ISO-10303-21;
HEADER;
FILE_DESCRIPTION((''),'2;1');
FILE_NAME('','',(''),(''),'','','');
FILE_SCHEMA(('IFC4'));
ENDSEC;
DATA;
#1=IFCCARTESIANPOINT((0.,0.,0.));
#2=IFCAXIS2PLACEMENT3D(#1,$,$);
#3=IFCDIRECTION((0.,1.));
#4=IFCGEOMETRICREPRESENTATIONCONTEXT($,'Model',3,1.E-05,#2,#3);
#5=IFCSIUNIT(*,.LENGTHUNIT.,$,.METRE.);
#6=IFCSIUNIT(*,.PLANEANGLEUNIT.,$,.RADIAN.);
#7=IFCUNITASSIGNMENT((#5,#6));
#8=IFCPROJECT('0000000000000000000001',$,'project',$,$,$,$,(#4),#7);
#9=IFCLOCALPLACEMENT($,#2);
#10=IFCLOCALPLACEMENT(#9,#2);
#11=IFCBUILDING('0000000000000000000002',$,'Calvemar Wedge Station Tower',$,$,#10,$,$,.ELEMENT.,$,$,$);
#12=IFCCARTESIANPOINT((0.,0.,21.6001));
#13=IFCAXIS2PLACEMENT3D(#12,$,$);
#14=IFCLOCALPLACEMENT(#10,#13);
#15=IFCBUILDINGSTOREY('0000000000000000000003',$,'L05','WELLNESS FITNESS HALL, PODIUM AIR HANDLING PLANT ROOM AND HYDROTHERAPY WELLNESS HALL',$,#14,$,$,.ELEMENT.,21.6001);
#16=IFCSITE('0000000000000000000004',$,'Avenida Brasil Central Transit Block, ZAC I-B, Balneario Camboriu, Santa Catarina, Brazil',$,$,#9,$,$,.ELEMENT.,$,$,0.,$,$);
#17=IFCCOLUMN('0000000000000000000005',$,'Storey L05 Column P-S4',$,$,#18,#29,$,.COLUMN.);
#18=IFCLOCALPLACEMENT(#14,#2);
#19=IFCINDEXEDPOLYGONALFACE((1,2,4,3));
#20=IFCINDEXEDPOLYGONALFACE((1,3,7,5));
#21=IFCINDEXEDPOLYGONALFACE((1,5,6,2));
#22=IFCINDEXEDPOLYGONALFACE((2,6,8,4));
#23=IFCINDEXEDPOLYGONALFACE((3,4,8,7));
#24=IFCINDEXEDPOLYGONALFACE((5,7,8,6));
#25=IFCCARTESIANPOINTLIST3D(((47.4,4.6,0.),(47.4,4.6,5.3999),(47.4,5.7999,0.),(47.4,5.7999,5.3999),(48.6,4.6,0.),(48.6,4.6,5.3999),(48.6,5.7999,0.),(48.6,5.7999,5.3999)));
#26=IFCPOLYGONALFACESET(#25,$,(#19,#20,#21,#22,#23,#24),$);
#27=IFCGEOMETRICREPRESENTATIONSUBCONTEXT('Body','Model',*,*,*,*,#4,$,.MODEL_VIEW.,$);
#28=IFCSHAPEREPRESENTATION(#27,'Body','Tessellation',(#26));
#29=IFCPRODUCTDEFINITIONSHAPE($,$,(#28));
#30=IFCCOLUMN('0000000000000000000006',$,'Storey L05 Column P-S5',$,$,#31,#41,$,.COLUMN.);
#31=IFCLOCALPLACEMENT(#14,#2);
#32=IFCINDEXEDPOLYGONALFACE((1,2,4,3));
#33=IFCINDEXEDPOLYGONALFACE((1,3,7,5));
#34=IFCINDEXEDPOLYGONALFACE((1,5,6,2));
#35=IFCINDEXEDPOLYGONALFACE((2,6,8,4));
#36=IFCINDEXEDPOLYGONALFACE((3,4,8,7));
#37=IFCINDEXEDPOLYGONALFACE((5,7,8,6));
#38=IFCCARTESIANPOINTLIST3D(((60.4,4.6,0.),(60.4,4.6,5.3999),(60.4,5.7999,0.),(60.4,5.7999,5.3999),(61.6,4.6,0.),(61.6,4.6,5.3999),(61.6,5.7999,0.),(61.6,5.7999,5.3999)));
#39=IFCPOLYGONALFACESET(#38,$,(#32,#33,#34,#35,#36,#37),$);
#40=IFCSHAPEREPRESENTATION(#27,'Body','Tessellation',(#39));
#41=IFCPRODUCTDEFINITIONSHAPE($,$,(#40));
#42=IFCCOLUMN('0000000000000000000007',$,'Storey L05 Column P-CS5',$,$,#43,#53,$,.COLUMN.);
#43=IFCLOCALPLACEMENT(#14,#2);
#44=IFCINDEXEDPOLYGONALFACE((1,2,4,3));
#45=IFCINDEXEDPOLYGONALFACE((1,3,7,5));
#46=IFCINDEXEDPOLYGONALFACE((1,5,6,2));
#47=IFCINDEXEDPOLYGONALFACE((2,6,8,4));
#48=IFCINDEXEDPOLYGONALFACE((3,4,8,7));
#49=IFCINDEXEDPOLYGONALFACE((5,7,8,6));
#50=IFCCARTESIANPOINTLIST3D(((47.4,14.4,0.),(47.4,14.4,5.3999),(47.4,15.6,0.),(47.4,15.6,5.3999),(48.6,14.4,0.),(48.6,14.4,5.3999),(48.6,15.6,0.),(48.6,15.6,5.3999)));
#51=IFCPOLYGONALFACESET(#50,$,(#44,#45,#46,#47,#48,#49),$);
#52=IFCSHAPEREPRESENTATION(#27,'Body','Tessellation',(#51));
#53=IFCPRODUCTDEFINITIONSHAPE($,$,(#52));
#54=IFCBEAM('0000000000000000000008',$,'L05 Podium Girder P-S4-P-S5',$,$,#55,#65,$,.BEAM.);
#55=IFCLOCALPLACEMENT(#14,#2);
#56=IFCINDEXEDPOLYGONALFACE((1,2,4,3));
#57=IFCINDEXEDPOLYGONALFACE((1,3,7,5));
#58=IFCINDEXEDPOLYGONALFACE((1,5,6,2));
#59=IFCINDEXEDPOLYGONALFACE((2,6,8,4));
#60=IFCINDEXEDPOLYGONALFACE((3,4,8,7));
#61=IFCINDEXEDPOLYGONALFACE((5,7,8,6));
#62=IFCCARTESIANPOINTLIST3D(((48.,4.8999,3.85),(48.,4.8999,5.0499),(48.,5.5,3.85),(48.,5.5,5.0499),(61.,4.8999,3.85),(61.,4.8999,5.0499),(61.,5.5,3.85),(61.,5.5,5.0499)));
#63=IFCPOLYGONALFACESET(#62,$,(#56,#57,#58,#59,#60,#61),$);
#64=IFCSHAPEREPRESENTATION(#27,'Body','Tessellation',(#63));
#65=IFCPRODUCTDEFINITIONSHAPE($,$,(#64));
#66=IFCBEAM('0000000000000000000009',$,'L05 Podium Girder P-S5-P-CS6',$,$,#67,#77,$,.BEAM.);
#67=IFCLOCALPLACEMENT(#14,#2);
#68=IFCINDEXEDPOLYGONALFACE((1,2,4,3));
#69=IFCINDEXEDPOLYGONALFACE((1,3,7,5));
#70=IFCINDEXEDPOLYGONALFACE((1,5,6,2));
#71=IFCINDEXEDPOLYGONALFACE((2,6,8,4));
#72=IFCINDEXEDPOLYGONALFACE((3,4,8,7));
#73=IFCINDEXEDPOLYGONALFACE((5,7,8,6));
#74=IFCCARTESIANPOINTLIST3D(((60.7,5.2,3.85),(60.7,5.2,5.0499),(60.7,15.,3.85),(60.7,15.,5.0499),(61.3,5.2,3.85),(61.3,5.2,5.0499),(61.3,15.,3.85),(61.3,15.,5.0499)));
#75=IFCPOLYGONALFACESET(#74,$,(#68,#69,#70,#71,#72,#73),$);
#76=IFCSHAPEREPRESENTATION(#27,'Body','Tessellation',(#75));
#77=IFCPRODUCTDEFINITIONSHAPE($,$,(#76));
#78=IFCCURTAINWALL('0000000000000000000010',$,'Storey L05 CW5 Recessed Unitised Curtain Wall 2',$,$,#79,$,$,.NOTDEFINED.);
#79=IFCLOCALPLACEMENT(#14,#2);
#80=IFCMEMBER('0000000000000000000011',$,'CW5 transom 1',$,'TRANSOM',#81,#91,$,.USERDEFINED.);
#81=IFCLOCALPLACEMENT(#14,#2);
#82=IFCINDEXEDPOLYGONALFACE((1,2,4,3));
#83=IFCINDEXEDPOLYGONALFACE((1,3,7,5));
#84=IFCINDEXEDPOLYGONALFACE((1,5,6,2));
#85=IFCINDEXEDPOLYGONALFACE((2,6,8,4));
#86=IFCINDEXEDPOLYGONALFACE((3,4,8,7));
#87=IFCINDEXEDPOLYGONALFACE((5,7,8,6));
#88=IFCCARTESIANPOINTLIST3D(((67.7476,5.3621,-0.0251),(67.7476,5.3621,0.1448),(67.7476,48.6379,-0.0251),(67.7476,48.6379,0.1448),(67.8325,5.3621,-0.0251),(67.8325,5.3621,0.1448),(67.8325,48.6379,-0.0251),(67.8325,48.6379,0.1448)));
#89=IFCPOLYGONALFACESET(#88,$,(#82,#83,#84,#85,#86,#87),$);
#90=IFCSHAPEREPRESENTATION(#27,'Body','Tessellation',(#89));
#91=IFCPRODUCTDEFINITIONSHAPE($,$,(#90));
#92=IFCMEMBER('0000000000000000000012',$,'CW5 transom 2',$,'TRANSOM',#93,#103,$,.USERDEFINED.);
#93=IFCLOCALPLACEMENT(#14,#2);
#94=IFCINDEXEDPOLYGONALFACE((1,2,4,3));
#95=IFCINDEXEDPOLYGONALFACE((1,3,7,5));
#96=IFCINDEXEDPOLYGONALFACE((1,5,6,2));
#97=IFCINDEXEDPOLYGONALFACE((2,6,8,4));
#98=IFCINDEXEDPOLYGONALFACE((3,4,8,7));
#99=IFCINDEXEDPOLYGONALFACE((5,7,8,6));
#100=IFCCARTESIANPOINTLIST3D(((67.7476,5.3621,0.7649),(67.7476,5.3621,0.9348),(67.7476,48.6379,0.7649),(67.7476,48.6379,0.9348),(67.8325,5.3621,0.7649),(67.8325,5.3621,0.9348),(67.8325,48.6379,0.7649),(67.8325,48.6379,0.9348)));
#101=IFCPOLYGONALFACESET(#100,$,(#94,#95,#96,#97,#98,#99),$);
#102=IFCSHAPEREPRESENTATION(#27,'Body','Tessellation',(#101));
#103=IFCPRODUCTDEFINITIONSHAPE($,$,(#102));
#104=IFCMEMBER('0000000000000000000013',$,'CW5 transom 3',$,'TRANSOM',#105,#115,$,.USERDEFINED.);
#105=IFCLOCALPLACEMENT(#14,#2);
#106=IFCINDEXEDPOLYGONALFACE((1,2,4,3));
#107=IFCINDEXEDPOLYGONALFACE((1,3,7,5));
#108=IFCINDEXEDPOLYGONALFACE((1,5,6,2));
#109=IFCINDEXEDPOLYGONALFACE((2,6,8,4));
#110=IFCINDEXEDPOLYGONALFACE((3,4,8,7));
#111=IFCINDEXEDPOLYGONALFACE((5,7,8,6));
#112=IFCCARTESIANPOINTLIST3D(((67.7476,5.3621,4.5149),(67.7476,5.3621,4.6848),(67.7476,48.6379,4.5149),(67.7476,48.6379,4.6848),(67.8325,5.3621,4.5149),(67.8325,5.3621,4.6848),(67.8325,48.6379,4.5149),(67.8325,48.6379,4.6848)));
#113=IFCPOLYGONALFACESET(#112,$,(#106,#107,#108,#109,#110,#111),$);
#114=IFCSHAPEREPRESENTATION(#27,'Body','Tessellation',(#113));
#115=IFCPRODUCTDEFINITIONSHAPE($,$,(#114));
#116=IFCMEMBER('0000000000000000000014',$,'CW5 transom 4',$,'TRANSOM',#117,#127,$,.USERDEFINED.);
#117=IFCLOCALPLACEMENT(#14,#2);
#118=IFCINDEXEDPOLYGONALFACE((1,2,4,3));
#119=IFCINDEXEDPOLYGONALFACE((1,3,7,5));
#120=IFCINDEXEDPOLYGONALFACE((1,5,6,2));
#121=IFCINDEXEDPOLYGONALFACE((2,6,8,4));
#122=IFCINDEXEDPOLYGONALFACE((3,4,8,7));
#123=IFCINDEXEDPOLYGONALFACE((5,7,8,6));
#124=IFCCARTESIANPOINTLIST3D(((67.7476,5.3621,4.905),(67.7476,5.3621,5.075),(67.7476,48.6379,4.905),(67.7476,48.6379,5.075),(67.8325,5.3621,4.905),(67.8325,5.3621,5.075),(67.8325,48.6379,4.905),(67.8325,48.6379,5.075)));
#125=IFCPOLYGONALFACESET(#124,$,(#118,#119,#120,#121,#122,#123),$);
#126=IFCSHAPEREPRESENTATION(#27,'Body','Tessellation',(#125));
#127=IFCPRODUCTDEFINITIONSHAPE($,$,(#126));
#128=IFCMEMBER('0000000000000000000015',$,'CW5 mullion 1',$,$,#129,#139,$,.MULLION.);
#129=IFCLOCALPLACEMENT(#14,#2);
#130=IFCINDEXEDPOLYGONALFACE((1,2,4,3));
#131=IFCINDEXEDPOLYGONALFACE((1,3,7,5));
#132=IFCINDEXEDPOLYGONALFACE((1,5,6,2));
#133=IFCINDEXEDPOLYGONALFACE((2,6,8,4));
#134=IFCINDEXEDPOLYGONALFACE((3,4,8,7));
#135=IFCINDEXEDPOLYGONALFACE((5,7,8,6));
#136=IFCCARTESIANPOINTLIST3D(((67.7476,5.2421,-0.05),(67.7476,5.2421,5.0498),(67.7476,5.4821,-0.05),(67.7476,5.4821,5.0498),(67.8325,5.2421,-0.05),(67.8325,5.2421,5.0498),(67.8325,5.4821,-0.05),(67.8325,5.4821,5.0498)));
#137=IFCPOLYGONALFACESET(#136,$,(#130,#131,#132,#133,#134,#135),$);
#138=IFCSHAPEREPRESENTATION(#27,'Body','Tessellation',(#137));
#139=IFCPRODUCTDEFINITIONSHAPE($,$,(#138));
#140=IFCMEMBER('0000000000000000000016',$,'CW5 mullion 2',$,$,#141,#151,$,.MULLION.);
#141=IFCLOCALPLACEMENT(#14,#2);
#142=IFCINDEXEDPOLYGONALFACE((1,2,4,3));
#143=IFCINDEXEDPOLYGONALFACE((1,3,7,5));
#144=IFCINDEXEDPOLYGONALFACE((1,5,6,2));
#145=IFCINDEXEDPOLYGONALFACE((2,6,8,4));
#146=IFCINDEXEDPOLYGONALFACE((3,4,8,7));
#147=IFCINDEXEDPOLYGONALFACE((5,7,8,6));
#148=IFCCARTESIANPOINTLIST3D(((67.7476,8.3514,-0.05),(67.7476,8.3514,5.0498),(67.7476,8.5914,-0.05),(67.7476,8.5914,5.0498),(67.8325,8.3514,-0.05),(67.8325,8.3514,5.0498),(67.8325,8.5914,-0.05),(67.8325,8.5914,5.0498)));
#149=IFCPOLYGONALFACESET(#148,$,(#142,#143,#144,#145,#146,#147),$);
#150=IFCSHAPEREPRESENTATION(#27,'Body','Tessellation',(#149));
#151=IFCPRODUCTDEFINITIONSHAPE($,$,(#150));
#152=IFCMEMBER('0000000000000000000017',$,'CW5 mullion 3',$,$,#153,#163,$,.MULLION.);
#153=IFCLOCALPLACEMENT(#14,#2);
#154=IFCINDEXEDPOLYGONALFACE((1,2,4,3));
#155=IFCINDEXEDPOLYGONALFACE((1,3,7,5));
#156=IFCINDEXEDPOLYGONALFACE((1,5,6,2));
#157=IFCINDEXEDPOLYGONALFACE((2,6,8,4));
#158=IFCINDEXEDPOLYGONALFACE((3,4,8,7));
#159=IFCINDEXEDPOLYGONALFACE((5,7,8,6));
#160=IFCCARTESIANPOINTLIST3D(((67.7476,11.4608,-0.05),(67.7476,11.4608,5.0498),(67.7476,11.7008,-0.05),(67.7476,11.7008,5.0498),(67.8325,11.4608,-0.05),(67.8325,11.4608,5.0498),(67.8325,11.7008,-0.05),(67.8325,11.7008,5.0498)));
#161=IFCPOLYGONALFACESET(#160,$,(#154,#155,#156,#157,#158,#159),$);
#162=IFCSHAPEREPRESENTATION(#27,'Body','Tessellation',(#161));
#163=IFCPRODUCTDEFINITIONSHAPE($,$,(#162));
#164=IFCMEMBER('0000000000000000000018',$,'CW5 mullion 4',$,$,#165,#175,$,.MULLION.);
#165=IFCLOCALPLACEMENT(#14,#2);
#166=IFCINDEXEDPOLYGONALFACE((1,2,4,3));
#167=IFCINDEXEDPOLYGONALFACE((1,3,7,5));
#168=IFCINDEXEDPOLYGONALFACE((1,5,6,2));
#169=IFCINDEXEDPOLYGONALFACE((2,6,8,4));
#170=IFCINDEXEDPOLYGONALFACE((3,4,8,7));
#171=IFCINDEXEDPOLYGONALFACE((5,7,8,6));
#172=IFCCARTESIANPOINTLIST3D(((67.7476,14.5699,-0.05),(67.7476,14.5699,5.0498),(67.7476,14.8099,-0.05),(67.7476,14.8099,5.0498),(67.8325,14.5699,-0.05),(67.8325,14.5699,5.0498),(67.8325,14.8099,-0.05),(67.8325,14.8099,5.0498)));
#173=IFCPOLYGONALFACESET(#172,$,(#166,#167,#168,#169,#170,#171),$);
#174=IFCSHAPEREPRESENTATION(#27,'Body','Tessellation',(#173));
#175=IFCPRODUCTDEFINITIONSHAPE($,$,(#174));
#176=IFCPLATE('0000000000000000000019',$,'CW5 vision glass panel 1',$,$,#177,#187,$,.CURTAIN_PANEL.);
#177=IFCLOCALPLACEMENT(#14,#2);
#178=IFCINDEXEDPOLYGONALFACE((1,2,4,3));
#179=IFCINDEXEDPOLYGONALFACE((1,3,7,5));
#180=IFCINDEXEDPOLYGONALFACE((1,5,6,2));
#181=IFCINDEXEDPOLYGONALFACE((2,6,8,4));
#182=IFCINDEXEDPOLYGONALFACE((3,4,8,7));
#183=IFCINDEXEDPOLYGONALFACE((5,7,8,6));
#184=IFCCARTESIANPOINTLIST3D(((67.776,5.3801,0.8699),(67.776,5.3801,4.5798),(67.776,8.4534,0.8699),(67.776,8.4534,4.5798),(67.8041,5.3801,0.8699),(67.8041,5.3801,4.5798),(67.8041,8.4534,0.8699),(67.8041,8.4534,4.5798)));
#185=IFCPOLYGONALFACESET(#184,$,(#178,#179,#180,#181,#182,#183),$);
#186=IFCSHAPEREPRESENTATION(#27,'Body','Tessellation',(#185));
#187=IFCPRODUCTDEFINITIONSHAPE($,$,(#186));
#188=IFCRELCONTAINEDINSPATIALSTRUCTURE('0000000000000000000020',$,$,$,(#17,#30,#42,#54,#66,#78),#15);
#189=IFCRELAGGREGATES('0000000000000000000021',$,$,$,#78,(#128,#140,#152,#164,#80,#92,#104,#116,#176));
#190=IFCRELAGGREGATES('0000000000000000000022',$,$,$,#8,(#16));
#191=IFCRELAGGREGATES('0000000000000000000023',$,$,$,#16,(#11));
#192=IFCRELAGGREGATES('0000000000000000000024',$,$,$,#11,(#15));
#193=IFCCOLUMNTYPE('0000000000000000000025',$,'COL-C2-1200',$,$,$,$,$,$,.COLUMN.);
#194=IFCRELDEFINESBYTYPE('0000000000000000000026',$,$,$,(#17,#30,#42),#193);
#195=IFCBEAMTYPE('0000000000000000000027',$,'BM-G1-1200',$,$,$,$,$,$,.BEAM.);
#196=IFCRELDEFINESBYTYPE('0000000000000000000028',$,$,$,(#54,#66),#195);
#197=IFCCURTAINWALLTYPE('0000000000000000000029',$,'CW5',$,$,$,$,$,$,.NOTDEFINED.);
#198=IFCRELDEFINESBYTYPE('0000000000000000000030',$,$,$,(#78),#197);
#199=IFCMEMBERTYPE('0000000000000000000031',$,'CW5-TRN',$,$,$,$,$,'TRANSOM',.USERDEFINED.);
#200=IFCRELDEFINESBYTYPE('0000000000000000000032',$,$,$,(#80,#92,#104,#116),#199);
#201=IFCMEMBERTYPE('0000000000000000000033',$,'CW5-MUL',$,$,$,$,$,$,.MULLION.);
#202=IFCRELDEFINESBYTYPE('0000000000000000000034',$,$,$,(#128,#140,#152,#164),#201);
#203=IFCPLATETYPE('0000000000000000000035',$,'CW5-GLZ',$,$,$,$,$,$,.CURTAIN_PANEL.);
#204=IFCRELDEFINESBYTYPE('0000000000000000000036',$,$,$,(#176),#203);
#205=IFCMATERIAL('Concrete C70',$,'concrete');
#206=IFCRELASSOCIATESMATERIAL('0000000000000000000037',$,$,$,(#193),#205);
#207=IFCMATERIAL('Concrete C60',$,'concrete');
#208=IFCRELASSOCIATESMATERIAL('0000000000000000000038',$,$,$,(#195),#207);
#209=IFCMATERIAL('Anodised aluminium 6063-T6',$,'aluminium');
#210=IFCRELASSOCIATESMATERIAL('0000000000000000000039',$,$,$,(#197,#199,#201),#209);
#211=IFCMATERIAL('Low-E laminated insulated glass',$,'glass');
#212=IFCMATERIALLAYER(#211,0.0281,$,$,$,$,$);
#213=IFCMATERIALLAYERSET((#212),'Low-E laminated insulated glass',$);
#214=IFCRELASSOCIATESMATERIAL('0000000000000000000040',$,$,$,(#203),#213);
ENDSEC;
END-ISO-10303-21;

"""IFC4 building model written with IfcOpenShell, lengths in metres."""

from ifc_helpers import new_model, si_unit, direction, frame, frame_2d, origin, origin_2d, place, context, subcontext, project, spatial, rectangle, extrude, source, transform, mapped, material, layer, layer_set, material_profile, profile_set, type_object, element, aggregate, save


model = new_model("IFC4")

# Units and contexts
model_context = context("Model", 3, precision=1e-05, world=origin(), true_north=direction((0.0, 1.0)))
body_context = subcontext(model_context, "Body", "Model", "MODEL_VIEW")
ifc_project = project(units=[si_unit("LENGTHUNIT", "METRE"), si_unit("PLANEANGLEUNIT", "RADIAN")], contexts=[model_context])

# Site, building, storey
site_placement = place(None, origin())
site = spatial("IfcSite", under=ifc_project, at=site_placement, Name="Avenida Brasil Central Transit Block, ZAC I-B, Balneario Camboriu, Santa Catarina, Brazil", CompositionType="ELEMENT", RefElevation=0.0)
building_placement = place(site_placement, origin())
building = spatial("IfcBuilding", under=site, at=building_placement, Name="Calvemar Wedge Station Tower", CompositionType="ELEMENT")
storey_placement = place(building_placement, frame((0.0, 0.0, 21.6001)))
storey = spatial("IfcBuildingStorey", under=building, at=storey_placement, Name="L05", Description="WELLNESS FITNESS HALL, PODIUM AIR HANDLING PLANT ROOM AND HYDROTHERAPY WELLNESS HALL", CompositionType="ELEMENT", Elevation=21.6001)

# Columns
ifc_material_1 = material(Name="Concrete C70", Category="concrete")
ifc_material_profile_1 = material_profile(ifc_material_1, rectangle(XDim=1.2, YDim=1.2, at=origin_2d()), Name="RC1200x1200")
ifc_profile_set_1 = profile_set([ifc_material_profile_1], Name="Concrete C70")
column_type = type_object("IfcColumnType", Name="COL-C2-1200", PredefinedType="COLUMN", material=ifc_profile_set_1)
shared_shape_1 = source(origin(), body_context, "Body", "SweptSolid", [
    extrude(rectangle(XDim=1.2, YDim=1.2, at=origin_2d()), origin(), (0.0, 0.0, 1.0), 5.3999),
])
for number, where, z_axis, x_axis, name in (
    (1, (48.0, 5.2, 0.0), (0.0, 0.0, 1.0), (1.0, 0.0, 0.0), "Storey L05 Column P-S4"),
    (2, (61.0, 5.2, 0.0), (0.0, 0.0, 1.0), (1.0, 0.0, 0.0), "Storey L05 Column P-S5"),
    (3, (48.0, 15.0, 0.0), (0.0, 0.0, 1.0), (1.0, 0.0, 0.0), "Storey L05 Column P-CS5"),
):
    element("IfcColumn", number, at=place(storey_placement, frame(where, z_axis=z_axis, x_axis=x_axis)), inside=storey, type_object=column_type, Name=name, PredefinedType="COLUMN", context=body_context, shape_type="MappedRepresentation", body=[
        mapped(shared_shape_1, transform((0.0, 0.0, 0.0), scale=1.0)),
    ])

# Beams
ifc_material_2 = material(Name="Concrete C60", Category="concrete")
ifc_material_profile_2 = material_profile(ifc_material_2, rectangle(XDim=0.6001, YDim=1.2, at=origin_2d()), Name="RC600x1200")
ifc_profile_set_2 = profile_set([ifc_material_profile_2], Name="Concrete C60")
beam_type = type_object("IfcBeamType", Name="BM-G1-1200", PredefinedType="BEAM", material=ifc_profile_set_2)
shared_shape_2 = source(origin(), body_context, "Body", "SweptSolid", [
    extrude(rectangle(XDim=0.6001, YDim=1.2, at=origin_2d()), origin(), (0.0, 0.0, 1.0), 13.0),
])
beam_1_placement = place(storey_placement, frame((48.0, 5.2, 4.45), z_axis=(1.0, 0.0, 0.0), x_axis=(0.0, 1.0, 0.0)))
element("IfcBeam", 4, at=beam_1_placement, inside=storey, type_object=beam_type, Name="L05 Podium Girder P-S4-P-S5", PredefinedType="BEAM", context=body_context, shape_type="MappedRepresentation", body=[
    mapped(shared_shape_2, transform((0.0, 0.0, 0.0), scale=1.0)),
])
shared_shape_3 = source(origin(), body_context, "Body", "SweptSolid", [
    extrude(rectangle(XDim=0.6001, YDim=1.2, at=origin_2d()), origin(), (0.0, 0.0, 1.0), 9.8),
])
beam_2_placement = place(storey_placement, frame((61.0, 5.2, 4.45), z_axis=(0.0, 1.0, 0.0), x_axis=(-1.0, 0.0, 0.0)))
element("IfcBeam", 5, at=beam_2_placement, inside=storey, type_object=beam_type, Name="L05 Podium Girder P-S5-P-CS6", PredefinedType="BEAM", context=body_context, shape_type="MappedRepresentation", body=[
    mapped(shared_shape_3, transform((0.0, 0.0, 0.0), scale=1.0)),
])

# Curtain wall, members, plate
ifc_material_3 = material(Name="Anodised aluminium 6063-T6", Category="aluminium")
curtain_wall_type = type_object("IfcCurtainWallType", Name="CW5", PredefinedType="NOTDEFINED", material=ifc_material_3)
curtain_wall_placement = place(storey_placement, origin())
curtain_wall = element("IfcCurtainWall", 6, at=curtain_wall_placement, inside=storey, type_object=curtain_wall_type, Name="Storey L05 CW5 Recessed Unitised Curtain Wall 2", PredefinedType="NOTDEFINED")
ifc_material_profile_3 = material_profile(ifc_material_3, rectangle(XDim=0.085, YDim=0.1699, at=origin_2d()), Name="AL-TRN-85x170")
ifc_profile_set_3 = profile_set([ifc_material_profile_3], Name="Anodised aluminium 6063-T6")
member_type_1 = type_object("IfcMemberType", Name="CW5-TRN", ElementType="TRANSOM", PredefinedType="USERDEFINED", material=ifc_profile_set_3)
shared_shape_4 = source(origin(), body_context, "Body", "SweptSolid", [
    extrude(rectangle(XDim=0.085, YDim=0.1699, at=origin_2d()), origin(), (0.0, 0.0, 1.0), 43.2759),
])
member_1_placement = place(storey_placement, frame((67.79, 5.3621, 0.0598), z_axis=(0.0, 1.0, 0.0), x_axis=(-1.0, 0.0, 0.0)))
member_1 = element("IfcMember", 7, at=member_1_placement, type_object=member_type_1, Name="CW5 transom 1", ObjectType="TRANSOM", PredefinedType="USERDEFINED", context=body_context, shape_type="MappedRepresentation", body=[
    mapped(shared_shape_4, transform((0.0, 0.0, 0.0), scale=1.0)),
])
member_2_placement = place(storey_placement, frame((67.79, 5.3621, 0.8499), z_axis=(0.0, 1.0, 0.0), x_axis=(-1.0, 0.0, 0.0)))
member_2 = element("IfcMember", 8, at=member_2_placement, type_object=member_type_1, Name="CW5 transom 2", ObjectType="TRANSOM", PredefinedType="USERDEFINED", context=body_context, shape_type="MappedRepresentation", body=[
    mapped(shared_shape_4, transform((0.0, 0.0, 0.0), scale=1.0)),
])
member_3_placement = place(storey_placement, frame((67.79, 5.3621, 4.5999), z_axis=(0.0, 1.0, 0.0), x_axis=(-1.0, 0.0, 0.0)))
member_3 = element("IfcMember", 9, at=member_3_placement, type_object=member_type_1, Name="CW5 transom 3", ObjectType="TRANSOM", PredefinedType="USERDEFINED", context=body_context, shape_type="MappedRepresentation", body=[
    mapped(shared_shape_4, transform((0.0, 0.0, 0.0), scale=1.0)),
])
member_4_placement = place(storey_placement, frame((67.79, 5.3621, 4.99), z_axis=(0.0, 1.0, 0.0), x_axis=(-1.0, 0.0, 0.0)))
member_4 = element("IfcMember", 10, at=member_4_placement, type_object=member_type_1, Name="CW5 transom 4", ObjectType="TRANSOM", PredefinedType="USERDEFINED", context=body_context, shape_type="MappedRepresentation", body=[
    mapped(shared_shape_4, transform((0.0, 0.0, 0.0), scale=1.0)),
])
ifc_material_profile_4 = material_profile(ifc_material_3, rectangle(XDim=0.085, YDim=0.24, at=origin_2d()), Name="AL-MUL-85x240")
ifc_profile_set_4 = profile_set([ifc_material_profile_4], Name="Anodised aluminium 6063-T6")
member_type_2 = type_object("IfcMemberType", Name="CW5-MUL", PredefinedType="MULLION", material=ifc_profile_set_4)
shared_shape_5 = source(origin(), body_context, "Body", "SweptSolid", [
    extrude(rectangle(XDim=0.085, YDim=0.24, at=origin_2d()), origin(), (0.0, 0.0, 1.0), 5.0999),
])
member_5_placement = place(storey_placement, frame((67.79, 5.3621, -0.05), z_axis=(0.0, 0.0, 1.0), x_axis=(1.0, 0.0, 0.0)))
member_5 = element("IfcMember", 11, at=member_5_placement, type_object=member_type_2, Name="CW5 mullion 1", PredefinedType="MULLION", context=body_context, shape_type="MappedRepresentation", body=[
    mapped(shared_shape_5, transform((0.0, 0.0, 0.0), scale=1.0)),
])
member_6_placement = place(storey_placement, frame((67.79, 8.4714, -0.05), z_axis=(0.0, 0.0, 1.0), x_axis=(1.0, 0.0, 0.0)))
member_6 = element("IfcMember", 12, at=member_6_placement, type_object=member_type_2, Name="CW5 mullion 2", PredefinedType="MULLION", context=body_context, shape_type="MappedRepresentation", body=[
    mapped(shared_shape_5, transform((0.0, 0.0, 0.0), scale=1.0)),
])
member_7_placement = place(storey_placement, frame((67.79, 11.5808, -0.05), z_axis=(0.0, 0.0, 1.0), x_axis=(1.0, 0.0, 0.0)))
member_7 = element("IfcMember", 13, at=member_7_placement, type_object=member_type_2, Name="CW5 mullion 3", PredefinedType="MULLION", context=body_context, shape_type="MappedRepresentation", body=[
    mapped(shared_shape_5, transform((0.0, 0.0, 0.0), scale=1.0)),
])
member_8_placement = place(storey_placement, frame((67.79, 14.6899, -0.05), z_axis=(0.0, 0.0, 1.0), x_axis=(1.0, 0.0, 0.0)))
member_8 = element("IfcMember", 14, at=member_8_placement, type_object=member_type_2, Name="CW5 mullion 4", PredefinedType="MULLION", context=body_context, shape_type="MappedRepresentation", body=[
    mapped(shared_shape_5, transform((0.0, 0.0, 0.0), scale=1.0)),
])
ifc_material_4 = material(Name="Low-E laminated insulated glass", Category="glass")
ifc_layer_1 = layer(ifc_material_4, 0.0281)
ifc_layer_set_1 = layer_set([ifc_layer_1], Name="Low-E laminated insulated glass")
plate_type_1 = type_object("IfcPlateType", Name="CW5-GLZ", PredefinedType="CURTAIN_PANEL", material=ifc_layer_set_1)
plate_1_placement = place(storey_placement, frame((67.79, 5.3801, 0.8699), z_axis=(0.0, 0.0, 1.0), x_axis=(0.0, 1.0, 0.0)))
plate_1 = element("IfcPlate", 15, at=plate_1_placement, type_object=plate_type_1, Name="CW5 vision glass panel 1", PredefinedType="CURTAIN_PANEL", context=body_context, shape_type="SweptSolid", body=[
    extrude(rectangle(XDim=3.0732, YDim=0.0281, at=frame_2d((1.5366, 0.0))), origin(), (0.0, 0.0, 1.0), 3.71),
])
aggregate(curtain_wall, [member_5, member_6, member_7, member_8, member_1, member_2, member_3, member_4, plate_1])

save(model, "model.ifc")
